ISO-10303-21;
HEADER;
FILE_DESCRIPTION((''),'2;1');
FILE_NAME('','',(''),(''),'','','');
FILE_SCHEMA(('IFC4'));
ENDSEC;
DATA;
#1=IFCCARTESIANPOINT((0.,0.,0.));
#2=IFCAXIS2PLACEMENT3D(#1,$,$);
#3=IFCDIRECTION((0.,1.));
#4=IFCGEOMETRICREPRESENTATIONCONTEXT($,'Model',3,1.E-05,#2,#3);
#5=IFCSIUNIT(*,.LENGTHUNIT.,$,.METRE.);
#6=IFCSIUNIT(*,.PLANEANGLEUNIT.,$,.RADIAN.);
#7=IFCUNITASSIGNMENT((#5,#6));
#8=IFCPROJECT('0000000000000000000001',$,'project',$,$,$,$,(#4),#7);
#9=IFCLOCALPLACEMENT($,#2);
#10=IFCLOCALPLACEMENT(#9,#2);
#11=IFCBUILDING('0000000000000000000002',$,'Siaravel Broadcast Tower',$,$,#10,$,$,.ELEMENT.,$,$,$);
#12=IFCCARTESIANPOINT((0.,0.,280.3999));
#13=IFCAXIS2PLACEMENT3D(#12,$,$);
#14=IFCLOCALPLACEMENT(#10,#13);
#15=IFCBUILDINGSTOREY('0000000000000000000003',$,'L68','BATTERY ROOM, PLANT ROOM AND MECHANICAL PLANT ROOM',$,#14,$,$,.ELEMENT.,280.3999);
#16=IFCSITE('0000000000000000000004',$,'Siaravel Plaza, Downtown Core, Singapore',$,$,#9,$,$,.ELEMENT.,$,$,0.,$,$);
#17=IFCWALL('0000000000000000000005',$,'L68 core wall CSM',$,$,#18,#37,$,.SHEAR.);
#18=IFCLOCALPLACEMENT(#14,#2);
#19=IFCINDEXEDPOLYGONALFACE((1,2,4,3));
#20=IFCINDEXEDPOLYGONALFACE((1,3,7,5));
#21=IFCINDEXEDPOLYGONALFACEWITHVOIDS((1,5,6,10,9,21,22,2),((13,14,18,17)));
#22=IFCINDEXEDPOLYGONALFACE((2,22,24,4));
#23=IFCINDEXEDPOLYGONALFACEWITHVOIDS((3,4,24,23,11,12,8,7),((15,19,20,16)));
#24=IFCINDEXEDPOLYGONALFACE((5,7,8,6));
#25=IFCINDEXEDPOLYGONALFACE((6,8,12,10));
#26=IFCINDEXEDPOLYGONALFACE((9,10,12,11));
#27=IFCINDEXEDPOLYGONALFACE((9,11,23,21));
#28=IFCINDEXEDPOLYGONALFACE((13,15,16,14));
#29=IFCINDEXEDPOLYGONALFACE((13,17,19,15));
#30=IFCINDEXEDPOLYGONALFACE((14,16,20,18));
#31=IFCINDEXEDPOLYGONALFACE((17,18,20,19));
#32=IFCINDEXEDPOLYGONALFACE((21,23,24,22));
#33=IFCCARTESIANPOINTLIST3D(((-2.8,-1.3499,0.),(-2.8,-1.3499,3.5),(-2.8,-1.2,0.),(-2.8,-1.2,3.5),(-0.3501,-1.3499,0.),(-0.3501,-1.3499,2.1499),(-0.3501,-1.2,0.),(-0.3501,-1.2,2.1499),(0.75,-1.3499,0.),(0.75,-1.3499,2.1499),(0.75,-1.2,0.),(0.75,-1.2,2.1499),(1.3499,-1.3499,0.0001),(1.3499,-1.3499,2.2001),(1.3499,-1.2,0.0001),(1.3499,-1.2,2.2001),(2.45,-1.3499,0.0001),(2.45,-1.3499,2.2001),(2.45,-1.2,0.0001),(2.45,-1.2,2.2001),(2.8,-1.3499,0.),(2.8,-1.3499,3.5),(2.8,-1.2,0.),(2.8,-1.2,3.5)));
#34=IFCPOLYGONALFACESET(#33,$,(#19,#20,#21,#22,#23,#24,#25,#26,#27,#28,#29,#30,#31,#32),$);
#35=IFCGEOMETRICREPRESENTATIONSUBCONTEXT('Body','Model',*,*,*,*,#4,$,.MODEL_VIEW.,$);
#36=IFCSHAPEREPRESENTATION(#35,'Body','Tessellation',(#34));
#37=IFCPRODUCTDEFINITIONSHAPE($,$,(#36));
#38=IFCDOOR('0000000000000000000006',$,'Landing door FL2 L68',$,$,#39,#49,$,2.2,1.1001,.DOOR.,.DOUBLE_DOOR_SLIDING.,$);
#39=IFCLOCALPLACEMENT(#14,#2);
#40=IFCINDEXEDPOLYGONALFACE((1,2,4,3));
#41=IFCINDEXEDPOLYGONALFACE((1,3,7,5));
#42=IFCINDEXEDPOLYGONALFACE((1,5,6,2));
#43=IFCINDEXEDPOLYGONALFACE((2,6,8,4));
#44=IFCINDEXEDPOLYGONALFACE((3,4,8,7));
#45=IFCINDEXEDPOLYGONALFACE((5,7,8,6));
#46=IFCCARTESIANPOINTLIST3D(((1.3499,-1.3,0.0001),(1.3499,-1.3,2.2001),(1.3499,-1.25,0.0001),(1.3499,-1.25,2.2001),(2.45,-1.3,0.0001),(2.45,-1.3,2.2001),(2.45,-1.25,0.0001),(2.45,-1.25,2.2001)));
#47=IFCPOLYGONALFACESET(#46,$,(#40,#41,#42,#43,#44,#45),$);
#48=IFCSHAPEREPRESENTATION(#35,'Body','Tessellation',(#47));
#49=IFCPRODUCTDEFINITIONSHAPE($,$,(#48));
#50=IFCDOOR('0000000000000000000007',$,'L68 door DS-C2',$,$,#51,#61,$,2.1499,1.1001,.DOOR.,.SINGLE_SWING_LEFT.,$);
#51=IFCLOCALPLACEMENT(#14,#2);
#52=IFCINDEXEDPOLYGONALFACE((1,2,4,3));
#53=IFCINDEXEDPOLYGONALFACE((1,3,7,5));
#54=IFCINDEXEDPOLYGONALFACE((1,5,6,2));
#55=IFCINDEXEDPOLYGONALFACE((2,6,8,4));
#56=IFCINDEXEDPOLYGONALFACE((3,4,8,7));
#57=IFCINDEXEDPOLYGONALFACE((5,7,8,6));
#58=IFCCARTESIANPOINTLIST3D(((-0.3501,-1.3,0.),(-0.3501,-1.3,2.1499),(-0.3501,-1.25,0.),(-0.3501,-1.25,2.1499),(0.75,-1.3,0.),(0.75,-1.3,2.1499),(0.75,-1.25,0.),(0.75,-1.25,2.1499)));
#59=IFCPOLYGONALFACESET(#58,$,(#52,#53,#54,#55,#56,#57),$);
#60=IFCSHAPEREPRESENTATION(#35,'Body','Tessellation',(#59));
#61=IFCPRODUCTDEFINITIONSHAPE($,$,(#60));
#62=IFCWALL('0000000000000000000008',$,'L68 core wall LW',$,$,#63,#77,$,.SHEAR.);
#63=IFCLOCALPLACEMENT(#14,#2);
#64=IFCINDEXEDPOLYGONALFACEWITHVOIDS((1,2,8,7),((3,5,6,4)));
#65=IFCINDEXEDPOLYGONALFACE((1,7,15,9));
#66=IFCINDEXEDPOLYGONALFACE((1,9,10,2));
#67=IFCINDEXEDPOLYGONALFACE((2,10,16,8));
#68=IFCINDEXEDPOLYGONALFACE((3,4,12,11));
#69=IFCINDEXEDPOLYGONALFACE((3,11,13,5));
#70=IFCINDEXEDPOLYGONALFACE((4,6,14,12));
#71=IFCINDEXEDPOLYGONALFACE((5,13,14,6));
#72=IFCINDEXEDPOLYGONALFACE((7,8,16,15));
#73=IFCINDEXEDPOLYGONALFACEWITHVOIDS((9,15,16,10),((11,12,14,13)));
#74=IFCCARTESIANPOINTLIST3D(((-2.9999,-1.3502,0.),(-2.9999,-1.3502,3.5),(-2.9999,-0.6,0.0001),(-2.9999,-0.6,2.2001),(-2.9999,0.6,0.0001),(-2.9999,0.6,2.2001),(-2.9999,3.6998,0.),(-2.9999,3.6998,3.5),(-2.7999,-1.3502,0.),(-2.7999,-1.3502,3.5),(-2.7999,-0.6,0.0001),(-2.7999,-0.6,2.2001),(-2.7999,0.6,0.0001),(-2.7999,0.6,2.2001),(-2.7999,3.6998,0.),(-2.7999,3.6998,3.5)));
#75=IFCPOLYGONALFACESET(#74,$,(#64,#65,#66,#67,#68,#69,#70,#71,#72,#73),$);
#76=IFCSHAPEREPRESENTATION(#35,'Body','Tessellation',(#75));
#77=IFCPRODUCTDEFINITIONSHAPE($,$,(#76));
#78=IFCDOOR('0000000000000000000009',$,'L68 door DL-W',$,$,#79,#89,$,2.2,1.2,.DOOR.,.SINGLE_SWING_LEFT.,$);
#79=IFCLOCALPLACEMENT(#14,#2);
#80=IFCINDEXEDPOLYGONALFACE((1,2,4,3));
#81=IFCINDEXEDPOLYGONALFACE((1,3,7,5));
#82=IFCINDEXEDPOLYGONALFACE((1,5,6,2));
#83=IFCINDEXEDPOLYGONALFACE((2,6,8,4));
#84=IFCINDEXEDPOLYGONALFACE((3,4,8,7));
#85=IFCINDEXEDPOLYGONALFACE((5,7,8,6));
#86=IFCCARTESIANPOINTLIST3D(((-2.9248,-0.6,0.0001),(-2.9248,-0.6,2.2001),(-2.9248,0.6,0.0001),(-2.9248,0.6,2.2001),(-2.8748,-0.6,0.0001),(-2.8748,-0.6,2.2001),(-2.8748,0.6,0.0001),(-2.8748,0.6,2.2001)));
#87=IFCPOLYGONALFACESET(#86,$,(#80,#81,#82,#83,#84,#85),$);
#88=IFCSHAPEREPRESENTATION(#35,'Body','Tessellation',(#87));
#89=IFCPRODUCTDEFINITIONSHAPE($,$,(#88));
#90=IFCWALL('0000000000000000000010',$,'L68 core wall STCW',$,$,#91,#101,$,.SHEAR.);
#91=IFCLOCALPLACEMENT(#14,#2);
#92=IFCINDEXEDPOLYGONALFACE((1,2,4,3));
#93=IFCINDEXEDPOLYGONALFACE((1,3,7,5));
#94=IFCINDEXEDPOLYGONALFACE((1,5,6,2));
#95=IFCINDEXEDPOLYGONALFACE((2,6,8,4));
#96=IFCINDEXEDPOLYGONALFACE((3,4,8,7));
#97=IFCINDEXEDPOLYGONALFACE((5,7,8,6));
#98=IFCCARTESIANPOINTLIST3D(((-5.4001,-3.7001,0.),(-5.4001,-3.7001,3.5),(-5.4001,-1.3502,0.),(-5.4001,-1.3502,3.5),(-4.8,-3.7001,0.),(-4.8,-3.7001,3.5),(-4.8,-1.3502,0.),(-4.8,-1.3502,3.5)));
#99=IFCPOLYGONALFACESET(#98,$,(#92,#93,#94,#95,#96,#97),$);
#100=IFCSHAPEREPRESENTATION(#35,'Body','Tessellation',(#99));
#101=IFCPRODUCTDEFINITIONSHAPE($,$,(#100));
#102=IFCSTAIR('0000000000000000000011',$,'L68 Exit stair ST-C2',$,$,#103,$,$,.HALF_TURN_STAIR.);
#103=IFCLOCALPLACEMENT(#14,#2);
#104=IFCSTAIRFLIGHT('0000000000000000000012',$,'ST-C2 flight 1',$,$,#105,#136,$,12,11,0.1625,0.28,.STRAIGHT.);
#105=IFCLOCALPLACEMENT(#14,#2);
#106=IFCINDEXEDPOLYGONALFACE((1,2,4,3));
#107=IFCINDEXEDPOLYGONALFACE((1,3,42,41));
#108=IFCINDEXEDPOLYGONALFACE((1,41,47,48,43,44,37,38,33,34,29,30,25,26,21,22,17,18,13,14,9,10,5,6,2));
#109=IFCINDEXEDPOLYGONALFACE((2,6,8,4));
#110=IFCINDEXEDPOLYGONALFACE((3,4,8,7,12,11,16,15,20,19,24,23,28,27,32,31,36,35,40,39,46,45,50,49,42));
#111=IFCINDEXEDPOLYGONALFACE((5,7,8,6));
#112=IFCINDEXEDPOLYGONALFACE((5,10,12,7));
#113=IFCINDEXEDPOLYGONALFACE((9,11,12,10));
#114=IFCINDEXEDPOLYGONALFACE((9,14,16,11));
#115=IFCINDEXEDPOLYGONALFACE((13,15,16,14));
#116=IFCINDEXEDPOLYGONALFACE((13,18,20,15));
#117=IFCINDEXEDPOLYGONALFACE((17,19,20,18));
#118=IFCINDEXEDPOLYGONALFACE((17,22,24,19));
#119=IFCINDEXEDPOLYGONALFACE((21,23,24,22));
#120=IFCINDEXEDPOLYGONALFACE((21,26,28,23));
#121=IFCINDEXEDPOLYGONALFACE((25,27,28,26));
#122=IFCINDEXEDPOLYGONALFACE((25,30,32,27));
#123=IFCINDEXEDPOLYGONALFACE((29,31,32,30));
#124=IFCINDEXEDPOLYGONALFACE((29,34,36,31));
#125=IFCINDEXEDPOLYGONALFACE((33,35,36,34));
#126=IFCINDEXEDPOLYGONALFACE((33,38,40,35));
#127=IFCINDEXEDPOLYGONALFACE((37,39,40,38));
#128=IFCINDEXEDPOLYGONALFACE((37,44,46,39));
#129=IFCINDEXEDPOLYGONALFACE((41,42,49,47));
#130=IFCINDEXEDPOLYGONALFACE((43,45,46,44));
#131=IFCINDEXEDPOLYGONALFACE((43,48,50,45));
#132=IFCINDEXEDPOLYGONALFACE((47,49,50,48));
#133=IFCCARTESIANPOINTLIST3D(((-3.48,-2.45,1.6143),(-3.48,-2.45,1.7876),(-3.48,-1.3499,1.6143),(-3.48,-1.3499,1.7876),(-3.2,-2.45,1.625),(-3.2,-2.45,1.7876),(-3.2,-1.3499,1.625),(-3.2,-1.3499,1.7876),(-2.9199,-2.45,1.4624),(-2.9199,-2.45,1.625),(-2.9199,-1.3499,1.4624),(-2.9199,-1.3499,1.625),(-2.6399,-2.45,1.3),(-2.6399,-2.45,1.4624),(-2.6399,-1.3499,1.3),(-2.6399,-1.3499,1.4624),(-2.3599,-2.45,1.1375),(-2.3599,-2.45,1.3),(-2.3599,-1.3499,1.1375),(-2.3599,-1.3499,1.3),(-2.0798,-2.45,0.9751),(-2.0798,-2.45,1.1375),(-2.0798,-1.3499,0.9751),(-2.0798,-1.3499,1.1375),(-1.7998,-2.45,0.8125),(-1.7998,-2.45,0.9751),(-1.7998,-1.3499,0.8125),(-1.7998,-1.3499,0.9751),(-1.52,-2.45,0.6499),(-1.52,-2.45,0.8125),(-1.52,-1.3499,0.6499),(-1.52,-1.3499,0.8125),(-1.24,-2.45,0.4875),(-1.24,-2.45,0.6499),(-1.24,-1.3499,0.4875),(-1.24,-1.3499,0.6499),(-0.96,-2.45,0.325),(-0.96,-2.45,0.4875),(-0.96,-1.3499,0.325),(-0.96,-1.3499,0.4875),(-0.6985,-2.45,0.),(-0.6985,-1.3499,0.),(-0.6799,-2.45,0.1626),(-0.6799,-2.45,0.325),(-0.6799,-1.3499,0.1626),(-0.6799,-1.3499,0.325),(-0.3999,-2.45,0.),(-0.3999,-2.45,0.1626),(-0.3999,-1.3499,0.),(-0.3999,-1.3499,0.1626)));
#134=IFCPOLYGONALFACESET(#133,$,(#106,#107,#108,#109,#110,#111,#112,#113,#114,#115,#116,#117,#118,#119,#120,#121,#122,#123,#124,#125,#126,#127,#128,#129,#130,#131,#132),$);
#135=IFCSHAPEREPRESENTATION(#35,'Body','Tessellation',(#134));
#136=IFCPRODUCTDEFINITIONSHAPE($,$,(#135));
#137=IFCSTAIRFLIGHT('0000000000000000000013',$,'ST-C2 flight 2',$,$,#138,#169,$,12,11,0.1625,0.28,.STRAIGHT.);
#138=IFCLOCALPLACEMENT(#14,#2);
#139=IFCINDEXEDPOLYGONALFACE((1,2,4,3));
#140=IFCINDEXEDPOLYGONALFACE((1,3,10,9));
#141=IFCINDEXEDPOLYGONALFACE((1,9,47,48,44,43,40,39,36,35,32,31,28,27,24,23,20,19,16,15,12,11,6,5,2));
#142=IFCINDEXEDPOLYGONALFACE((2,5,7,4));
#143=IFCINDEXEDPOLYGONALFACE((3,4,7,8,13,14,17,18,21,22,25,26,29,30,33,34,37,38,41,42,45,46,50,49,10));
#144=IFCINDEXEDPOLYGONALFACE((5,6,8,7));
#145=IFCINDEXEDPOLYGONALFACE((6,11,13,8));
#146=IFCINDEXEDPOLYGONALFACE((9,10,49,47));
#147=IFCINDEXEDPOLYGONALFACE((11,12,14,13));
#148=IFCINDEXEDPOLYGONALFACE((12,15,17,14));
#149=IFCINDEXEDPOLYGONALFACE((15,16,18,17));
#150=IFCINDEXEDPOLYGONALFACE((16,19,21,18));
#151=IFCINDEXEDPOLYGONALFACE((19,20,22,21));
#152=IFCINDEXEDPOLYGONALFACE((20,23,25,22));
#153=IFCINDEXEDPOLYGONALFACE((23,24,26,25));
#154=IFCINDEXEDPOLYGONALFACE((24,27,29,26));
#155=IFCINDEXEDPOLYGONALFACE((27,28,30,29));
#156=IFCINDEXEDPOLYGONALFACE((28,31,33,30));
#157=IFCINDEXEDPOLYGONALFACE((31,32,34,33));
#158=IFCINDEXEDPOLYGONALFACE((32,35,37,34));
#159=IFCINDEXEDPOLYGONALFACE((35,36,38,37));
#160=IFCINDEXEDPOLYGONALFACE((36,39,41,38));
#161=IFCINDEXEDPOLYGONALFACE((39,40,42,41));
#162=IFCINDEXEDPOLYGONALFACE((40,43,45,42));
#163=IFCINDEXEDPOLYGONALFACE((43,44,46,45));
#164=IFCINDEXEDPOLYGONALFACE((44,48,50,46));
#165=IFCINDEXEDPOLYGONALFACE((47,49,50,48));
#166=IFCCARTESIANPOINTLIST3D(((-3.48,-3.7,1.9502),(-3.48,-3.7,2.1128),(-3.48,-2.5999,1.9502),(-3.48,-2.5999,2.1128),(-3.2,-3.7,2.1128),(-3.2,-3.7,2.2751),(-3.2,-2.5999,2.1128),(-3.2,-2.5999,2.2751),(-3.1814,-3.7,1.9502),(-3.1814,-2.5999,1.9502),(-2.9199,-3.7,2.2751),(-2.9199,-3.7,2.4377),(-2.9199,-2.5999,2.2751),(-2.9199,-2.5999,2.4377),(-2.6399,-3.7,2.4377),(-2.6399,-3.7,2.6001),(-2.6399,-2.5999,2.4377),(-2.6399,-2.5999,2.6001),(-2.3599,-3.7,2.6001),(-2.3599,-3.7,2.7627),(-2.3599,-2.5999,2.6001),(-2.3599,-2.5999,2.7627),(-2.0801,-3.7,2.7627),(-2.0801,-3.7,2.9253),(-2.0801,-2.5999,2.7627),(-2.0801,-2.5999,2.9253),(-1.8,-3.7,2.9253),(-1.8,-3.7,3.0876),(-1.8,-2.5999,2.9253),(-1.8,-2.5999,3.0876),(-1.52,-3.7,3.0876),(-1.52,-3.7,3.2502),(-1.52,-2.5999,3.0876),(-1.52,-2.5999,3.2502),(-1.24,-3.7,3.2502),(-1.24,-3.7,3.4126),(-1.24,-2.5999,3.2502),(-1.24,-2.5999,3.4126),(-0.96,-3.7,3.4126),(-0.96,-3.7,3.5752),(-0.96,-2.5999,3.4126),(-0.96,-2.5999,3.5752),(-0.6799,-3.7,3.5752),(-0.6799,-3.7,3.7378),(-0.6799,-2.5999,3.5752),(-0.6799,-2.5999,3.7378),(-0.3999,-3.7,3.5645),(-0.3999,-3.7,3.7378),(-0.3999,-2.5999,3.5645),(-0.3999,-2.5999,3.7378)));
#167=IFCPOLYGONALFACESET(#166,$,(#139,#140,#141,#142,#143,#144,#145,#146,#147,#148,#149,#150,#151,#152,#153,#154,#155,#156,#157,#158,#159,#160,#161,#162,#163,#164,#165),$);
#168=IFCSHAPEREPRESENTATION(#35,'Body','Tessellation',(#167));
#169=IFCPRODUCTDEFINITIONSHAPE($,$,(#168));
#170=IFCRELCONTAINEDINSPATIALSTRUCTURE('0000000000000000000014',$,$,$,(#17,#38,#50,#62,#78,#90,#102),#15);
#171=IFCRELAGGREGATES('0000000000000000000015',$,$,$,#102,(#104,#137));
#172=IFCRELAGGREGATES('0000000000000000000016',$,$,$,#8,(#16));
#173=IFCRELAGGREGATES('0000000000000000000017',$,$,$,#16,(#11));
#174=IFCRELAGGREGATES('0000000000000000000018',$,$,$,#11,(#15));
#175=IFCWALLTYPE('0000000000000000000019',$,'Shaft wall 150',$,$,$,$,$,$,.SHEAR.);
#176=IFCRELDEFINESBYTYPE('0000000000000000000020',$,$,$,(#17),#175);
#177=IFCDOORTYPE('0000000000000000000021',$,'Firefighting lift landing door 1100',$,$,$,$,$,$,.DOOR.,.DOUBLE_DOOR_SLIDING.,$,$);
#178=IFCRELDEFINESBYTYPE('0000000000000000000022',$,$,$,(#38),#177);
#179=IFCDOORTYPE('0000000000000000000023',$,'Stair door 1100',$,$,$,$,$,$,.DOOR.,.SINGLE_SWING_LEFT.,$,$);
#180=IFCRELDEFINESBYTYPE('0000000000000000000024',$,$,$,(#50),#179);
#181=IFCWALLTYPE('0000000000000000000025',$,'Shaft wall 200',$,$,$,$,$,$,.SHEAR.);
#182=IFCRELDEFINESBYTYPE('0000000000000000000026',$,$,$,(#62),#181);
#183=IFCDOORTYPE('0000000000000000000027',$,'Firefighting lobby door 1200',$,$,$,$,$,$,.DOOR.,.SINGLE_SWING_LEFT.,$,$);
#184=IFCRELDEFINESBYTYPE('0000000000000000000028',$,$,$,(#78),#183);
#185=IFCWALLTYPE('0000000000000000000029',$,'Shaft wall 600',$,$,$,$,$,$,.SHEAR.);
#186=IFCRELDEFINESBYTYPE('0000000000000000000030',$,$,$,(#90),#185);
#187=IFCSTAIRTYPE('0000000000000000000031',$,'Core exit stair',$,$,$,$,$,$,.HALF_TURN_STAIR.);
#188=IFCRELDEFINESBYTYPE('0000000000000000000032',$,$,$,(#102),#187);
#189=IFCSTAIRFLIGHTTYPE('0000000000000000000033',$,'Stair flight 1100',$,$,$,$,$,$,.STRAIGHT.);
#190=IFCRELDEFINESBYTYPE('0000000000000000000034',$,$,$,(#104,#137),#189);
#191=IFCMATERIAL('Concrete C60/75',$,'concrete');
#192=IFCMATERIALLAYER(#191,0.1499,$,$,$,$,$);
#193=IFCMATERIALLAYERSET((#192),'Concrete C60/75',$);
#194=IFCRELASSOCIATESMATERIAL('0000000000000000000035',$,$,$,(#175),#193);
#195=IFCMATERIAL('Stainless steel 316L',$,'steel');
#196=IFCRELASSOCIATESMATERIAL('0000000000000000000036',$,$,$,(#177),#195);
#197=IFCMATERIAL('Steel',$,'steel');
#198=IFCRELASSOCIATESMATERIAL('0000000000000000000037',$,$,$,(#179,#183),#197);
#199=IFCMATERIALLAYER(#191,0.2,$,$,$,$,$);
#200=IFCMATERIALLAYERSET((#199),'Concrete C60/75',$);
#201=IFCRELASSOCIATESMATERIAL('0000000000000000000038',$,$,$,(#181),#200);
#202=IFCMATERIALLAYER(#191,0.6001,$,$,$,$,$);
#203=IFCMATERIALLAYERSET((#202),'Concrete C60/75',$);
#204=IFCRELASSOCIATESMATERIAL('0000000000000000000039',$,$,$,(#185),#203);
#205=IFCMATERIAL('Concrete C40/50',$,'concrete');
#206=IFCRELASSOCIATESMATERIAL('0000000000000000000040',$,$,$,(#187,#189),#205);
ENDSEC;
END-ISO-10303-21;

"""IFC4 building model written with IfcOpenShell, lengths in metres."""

from ifc_helpers import new_model, si_unit, direction, frame, frame_2d, origin, place, context, subcontext, project, spatial, polyline, rectangle, outline, extrude, material, layer, layer_set, type_object, element, fill, aggregate, save


model = new_model("IFC4")

# Units and contexts
model_context = context("Model", 3, precision=1e-05, world=origin(), true_north=direction((0.0, 1.0)))
body_context = subcontext(model_context, "Body", "Model", "MODEL_VIEW")
ifc_project = project(units=[si_unit("LENGTHUNIT", "METRE"), si_unit("PLANEANGLEUNIT", "RADIAN")], contexts=[model_context])

# Site, building, storey
site_placement = place(None, origin())
site = spatial("IfcSite", under=ifc_project, at=site_placement, Name="Siaravel Plaza, Downtown Core, Singapore", CompositionType="ELEMENT", RefElevation=0.0)
building_placement = place(site_placement, origin())
building = spatial("IfcBuilding", under=site, at=building_placement, Name="Siaravel Broadcast Tower", CompositionType="ELEMENT")
storey_placement = place(building_placement, frame((0.0, 0.0, 280.3999)))
storey = spatial("IfcBuildingStorey", under=building, at=storey_placement, Name="L68", Description="BATTERY ROOM, PLANT ROOM AND MECHANICAL PLANT ROOM", CompositionType="ELEMENT", Elevation=280.3999)

# Shared definitions
ifc_material_1 = material(Name="Concrete C60/75", Category="concrete")
ifc_material_2 = material(Name="Steel", Category="steel")

# Shared definitions
ifc_layer_1 = layer(ifc_material_1, 0.1499)
ifc_layer_set_1 = layer_set([ifc_layer_1], Name="Concrete C60/75")
wall_type_1 = type_object("IfcWallType", Name="Shaft wall 150", PredefinedType="SHEAR", material=ifc_layer_set_1)

# Wall, openings, doors
wall_1_placement = place(storey_placement, frame((-2.8, -1.2749, 0.0), z_axis=(0.0, 0.0, 1.0), x_axis=(1.0, 0.0, 0.0)))
wall_1 = element("IfcWall", 1, at=wall_1_placement, inside=storey, type_object=wall_type_1, Name="L68 core wall CSM", PredefinedType="SHEAR", context=body_context, shape_type="SweptSolid", body=[
    extrude(rectangle(XDim=5.6001, YDim=0.1499, at=frame_2d((2.8, 0.0))), origin(), (0.0, 0.0, 1.0), 3.5),
])
opening_1_placement = place(wall_1_placement, frame((4.1499, 0.0, 0.0)))
opening_1 = element("IfcOpeningElement", 2, at=opening_1_placement, cuts=wall_1, PredefinedType="OPENING", context=body_context, shape_type="SweptSolid", body=[
    extrude(rectangle(XDim=1.1001, YDim=2.2, at=frame_2d((0.55, 1.1001))), frame((0.0, 0.085, 0.0), z_axis=(0.0, -1.0, 0.0), x_axis=(1.0, 0.0, 0.0)), (0.0, 0.0, 1.0), 0.1699),
])
opening_2_placement = place(wall_1_placement, frame((2.45, 0.0, 0.0)))
opening_2 = element("IfcOpeningElement", 3, at=opening_2_placement, cuts=wall_1, PredefinedType="OPENING", context=body_context, shape_type="SweptSolid", body=[
    extrude(rectangle(XDim=1.1001, YDim=2.1499, at=frame_2d((0.55, 1.075))), frame((0.0, 0.085, 0.0), z_axis=(0.0, -1.0, 0.0), x_axis=(1.0, 0.0, 0.0)), (0.0, 0.0, 1.0), 0.1699),
])
ifc_material_3 = material(Name="Stainless steel 316L", Category="steel")
door_type_1 = type_object("IfcDoorType", Name="Firefighting lift landing door 1100", OperationType="DOUBLE_DOOR_SLIDING", PredefinedType="DOOR", material=ifc_material_3)
door_1_placement = place(opening_1_placement, origin())
door_1 = element("IfcDoor", 4, at=door_1_placement, inside=storey, type_object=door_type_1, Name="Landing door FL2 L68", OperationType="DOUBLE_DOOR_SLIDING", OverallHeight=2.2, OverallWidth=1.1001, PredefinedType="DOOR", context=body_context, shape_type="SweptSolid", body=[
    extrude(rectangle(XDim=1.1001, YDim=2.2, at=frame_2d((0.55, 1.1001))), frame((0.0, 0.0249, 0.0), z_axis=(0.0, -1.0, 0.0), x_axis=(1.0, 0.0, 0.0)), (0.0, 0.0, 1.0), 0.05),
])
fill(opening_1, door_1)
door_type_2 = type_object("IfcDoorType", Name="Stair door 1100", OperationType="SINGLE_SWING_LEFT", PredefinedType="DOOR", material=ifc_material_2)
door_2_placement = place(opening_2_placement, origin())
door_2 = element("IfcDoor", 5, at=door_2_placement, inside=storey, type_object=door_type_2, Name="L68 door DS-C2", OperationType="SINGLE_SWING_LEFT", OverallHeight=2.1499, OverallWidth=1.1001, PredefinedType="DOOR", context=body_context, shape_type="SweptSolid", body=[
    extrude(rectangle(XDim=1.1001, YDim=2.1499, at=frame_2d((0.55, 1.075))), frame((0.0, 0.0249, 0.0), z_axis=(0.0, -1.0, 0.0), x_axis=(1.0, 0.0, 0.0)), (0.0, 0.0, 1.0), 0.05),
])
fill(opening_2, door_2)

# Wall, opening, door
ifc_layer_2 = layer(ifc_material_1, 0.2)
ifc_layer_set_2 = layer_set([ifc_layer_2], Name="Concrete C60/75")
wall_type_2 = type_object("IfcWallType", Name="Shaft wall 200", PredefinedType="SHEAR", material=ifc_layer_set_2)
wall_2_placement = place(storey_placement, frame((-2.8999, -1.3501, 0.0), z_axis=(0.0, 0.0, 1.0), x_axis=(0.0, 1.0, 0.0)))
wall_2 = element("IfcWall", 6, at=wall_2_placement, inside=storey, type_object=wall_type_2, Name="L68 core wall LW", PredefinedType="SHEAR", context=body_context, shape_type="SweptSolid", body=[
    extrude(rectangle(XDim=5.05, YDim=0.2, at=frame_2d((2.5249, 0.0))), origin(), (0.0, 0.0, 1.0), 3.5),
])
opening_3_placement = place(wall_2_placement, frame((0.75, 0.0, 0.0)))
opening_3 = element("IfcOpeningElement", 7, at=opening_3_placement, cuts=wall_2, PredefinedType="OPENING", context=body_context, shape_type="SweptSolid", body=[
    extrude(rectangle(XDim=1.2, YDim=2.2, at=frame_2d((0.6001, 1.1001))), frame((0.0, 0.1099, 0.0), z_axis=(0.0, -1.0, 0.0), x_axis=(1.0, 0.0, 0.0)), (0.0, 0.0, 1.0), 0.22),
])
door_type_3 = type_object("IfcDoorType", Name="Firefighting lobby door 1200", OperationType="SINGLE_SWING_LEFT", PredefinedType="DOOR", material=ifc_material_2)
door_3_placement = place(opening_3_placement, origin())
door_3 = element("IfcDoor", 8, at=door_3_placement, inside=storey, type_object=door_type_3, Name="L68 door DL-W", OperationType="SINGLE_SWING_LEFT", OverallHeight=2.2, OverallWidth=1.2, PredefinedType="DOOR", context=body_context, shape_type="SweptSolid", body=[
    extrude(rectangle(XDim=1.2, YDim=2.2, at=frame_2d((0.6001, 1.1001))), frame((0.0, 0.0249, 0.0), z_axis=(0.0, -1.0, 0.0), x_axis=(1.0, 0.0, 0.0)), (0.0, 0.0, 1.0), 0.05),
])
fill(opening_3, door_3)

# Wall
ifc_layer_3 = layer(ifc_material_1, 0.6001)
ifc_layer_set_3 = layer_set([ifc_layer_3], Name="Concrete C60/75")
wall_type_3 = type_object("IfcWallType", Name="Shaft wall 600", PredefinedType="SHEAR", material=ifc_layer_set_3)
wall_3_placement = place(storey_placement, frame((-5.1001, -3.7, 0.0), z_axis=(0.0, 0.0, 1.0), x_axis=(0.0, 1.0, 0.0)))
element("IfcWall", 9, at=wall_3_placement, inside=storey, type_object=wall_type_3, Name="L68 core wall STCW", PredefinedType="SHEAR", context=body_context, shape_type="SweptSolid", body=[
    extrude(rectangle(XDim=2.3499, YDim=0.6001, at=frame_2d((1.1748, 0.0))), origin(), (0.0, 0.0, 1.0), 3.5),
])

# Stair, stair flights
ifc_material_4 = material(Name="Concrete C40/50", Category="concrete")
stair_type = type_object("IfcStairType", Name="Core exit stair", PredefinedType="HALF_TURN_STAIR", material=ifc_material_4)
stair_placement = place(storey_placement, origin())
stair = element("IfcStair", 10, at=stair_placement, inside=storey, type_object=stair_type, Name="L68 Exit stair ST-C2", PredefinedType="HALF_TURN_STAIR")
stair_flight_type = type_object("IfcStairFlightType", Name="Stair flight 1100", PredefinedType="STRAIGHT", material=ifc_material_4)
stair_flight_1_placement = place(storey_placement, frame((-0.3999, -1.8999, 0.0), z_axis=(0.0, 0.0, 1.0), x_axis=(-1.0, 0.0, 0.0)))
stair_flight_1 = element("IfcStairFlight", 11, at=stair_flight_1_placement, type_object=stair_flight_type, Name="ST-C2 flight 1", NumberOfRisers=12, NumberOfTreads=11, PredefinedType="STRAIGHT", RiserHeight=0.1625, TreadLength=0.28, context=body_context, shape_type="SweptSolid", body=[
    extrude(outline(polyline([(0.0, 0.0), (0.0, 0.1626), (0.28, 0.1626), (0.28, 0.325), (0.5601, 0.325), (0.5601, 0.4875), (0.8401, 0.4875), (0.8401, 0.6499), (1.1201, 0.6499), (1.1201, 0.8125), (1.3999, 0.8125), (1.3999, 0.9751), (1.6799, 0.9751), (1.6799, 1.1375), (1.96, 1.1375), (1.96, 1.3), (2.24, 1.3), (2.24, 1.4624), (2.52, 1.4624), (2.52, 1.625), (2.8, 1.625), (2.8, 1.7876), (3.0801, 1.7876), (3.0801, 1.95), (3.0801, 1.6143), (0.2986, 0.0), (0.0, 0.0)])), frame((0.0, 0.55, 0.0), z_axis=(0.0, -1.0, 0.0), x_axis=(1.0, 0.0, 0.0)), (0.0, 0.0, 1.0), 1.1001),
])
stair_flight_2_placement = place(storey_placement, frame((-3.48, -3.1499, 1.9502), z_axis=(0.0, 0.0, 1.0), x_axis=(1.0, 0.0, 0.0)))
stair_flight_2 = element("IfcStairFlight", 12, at=stair_flight_2_placement, type_object=stair_flight_type, Name="ST-C2 flight 2", NumberOfRisers=12, NumberOfTreads=11, PredefinedType="STRAIGHT", RiserHeight=0.1625, TreadLength=0.28, context=body_context, shape_type="SweptSolid", body=[
    extrude(outline(polyline([(0.0, 0.0), (0.0, 0.1626), (0.28, 0.1626), (0.28, 0.325), (0.5601, 0.325), (0.5601, 0.4875), (0.8401, 0.4875), (0.8401, 0.6499), (1.1201, 0.6499), (1.1201, 0.8125), (1.3999, 0.8125), (1.3999, 0.9751), (1.6799, 0.9751), (1.6799, 1.1375), (1.96, 1.1375), (1.96, 1.3), (2.24, 1.3), (2.24, 1.4624), (2.52, 1.4624), (2.52, 1.625), (2.8, 1.625), (2.8, 1.7876), (3.0801, 1.7876), (3.0801, 1.95), (3.0801, 1.6143), (0.2986, 0.0), (0.0, 0.0)])), frame((0.0, 0.55, 0.0), z_axis=(0.0, -1.0, 0.0), x_axis=(1.0, 0.0, 0.0)), (0.0, 0.0, 1.0), 1.1001),
])
aggregate(stair, [stair_flight_1, stair_flight_2])

save(model, "model.ifc")
